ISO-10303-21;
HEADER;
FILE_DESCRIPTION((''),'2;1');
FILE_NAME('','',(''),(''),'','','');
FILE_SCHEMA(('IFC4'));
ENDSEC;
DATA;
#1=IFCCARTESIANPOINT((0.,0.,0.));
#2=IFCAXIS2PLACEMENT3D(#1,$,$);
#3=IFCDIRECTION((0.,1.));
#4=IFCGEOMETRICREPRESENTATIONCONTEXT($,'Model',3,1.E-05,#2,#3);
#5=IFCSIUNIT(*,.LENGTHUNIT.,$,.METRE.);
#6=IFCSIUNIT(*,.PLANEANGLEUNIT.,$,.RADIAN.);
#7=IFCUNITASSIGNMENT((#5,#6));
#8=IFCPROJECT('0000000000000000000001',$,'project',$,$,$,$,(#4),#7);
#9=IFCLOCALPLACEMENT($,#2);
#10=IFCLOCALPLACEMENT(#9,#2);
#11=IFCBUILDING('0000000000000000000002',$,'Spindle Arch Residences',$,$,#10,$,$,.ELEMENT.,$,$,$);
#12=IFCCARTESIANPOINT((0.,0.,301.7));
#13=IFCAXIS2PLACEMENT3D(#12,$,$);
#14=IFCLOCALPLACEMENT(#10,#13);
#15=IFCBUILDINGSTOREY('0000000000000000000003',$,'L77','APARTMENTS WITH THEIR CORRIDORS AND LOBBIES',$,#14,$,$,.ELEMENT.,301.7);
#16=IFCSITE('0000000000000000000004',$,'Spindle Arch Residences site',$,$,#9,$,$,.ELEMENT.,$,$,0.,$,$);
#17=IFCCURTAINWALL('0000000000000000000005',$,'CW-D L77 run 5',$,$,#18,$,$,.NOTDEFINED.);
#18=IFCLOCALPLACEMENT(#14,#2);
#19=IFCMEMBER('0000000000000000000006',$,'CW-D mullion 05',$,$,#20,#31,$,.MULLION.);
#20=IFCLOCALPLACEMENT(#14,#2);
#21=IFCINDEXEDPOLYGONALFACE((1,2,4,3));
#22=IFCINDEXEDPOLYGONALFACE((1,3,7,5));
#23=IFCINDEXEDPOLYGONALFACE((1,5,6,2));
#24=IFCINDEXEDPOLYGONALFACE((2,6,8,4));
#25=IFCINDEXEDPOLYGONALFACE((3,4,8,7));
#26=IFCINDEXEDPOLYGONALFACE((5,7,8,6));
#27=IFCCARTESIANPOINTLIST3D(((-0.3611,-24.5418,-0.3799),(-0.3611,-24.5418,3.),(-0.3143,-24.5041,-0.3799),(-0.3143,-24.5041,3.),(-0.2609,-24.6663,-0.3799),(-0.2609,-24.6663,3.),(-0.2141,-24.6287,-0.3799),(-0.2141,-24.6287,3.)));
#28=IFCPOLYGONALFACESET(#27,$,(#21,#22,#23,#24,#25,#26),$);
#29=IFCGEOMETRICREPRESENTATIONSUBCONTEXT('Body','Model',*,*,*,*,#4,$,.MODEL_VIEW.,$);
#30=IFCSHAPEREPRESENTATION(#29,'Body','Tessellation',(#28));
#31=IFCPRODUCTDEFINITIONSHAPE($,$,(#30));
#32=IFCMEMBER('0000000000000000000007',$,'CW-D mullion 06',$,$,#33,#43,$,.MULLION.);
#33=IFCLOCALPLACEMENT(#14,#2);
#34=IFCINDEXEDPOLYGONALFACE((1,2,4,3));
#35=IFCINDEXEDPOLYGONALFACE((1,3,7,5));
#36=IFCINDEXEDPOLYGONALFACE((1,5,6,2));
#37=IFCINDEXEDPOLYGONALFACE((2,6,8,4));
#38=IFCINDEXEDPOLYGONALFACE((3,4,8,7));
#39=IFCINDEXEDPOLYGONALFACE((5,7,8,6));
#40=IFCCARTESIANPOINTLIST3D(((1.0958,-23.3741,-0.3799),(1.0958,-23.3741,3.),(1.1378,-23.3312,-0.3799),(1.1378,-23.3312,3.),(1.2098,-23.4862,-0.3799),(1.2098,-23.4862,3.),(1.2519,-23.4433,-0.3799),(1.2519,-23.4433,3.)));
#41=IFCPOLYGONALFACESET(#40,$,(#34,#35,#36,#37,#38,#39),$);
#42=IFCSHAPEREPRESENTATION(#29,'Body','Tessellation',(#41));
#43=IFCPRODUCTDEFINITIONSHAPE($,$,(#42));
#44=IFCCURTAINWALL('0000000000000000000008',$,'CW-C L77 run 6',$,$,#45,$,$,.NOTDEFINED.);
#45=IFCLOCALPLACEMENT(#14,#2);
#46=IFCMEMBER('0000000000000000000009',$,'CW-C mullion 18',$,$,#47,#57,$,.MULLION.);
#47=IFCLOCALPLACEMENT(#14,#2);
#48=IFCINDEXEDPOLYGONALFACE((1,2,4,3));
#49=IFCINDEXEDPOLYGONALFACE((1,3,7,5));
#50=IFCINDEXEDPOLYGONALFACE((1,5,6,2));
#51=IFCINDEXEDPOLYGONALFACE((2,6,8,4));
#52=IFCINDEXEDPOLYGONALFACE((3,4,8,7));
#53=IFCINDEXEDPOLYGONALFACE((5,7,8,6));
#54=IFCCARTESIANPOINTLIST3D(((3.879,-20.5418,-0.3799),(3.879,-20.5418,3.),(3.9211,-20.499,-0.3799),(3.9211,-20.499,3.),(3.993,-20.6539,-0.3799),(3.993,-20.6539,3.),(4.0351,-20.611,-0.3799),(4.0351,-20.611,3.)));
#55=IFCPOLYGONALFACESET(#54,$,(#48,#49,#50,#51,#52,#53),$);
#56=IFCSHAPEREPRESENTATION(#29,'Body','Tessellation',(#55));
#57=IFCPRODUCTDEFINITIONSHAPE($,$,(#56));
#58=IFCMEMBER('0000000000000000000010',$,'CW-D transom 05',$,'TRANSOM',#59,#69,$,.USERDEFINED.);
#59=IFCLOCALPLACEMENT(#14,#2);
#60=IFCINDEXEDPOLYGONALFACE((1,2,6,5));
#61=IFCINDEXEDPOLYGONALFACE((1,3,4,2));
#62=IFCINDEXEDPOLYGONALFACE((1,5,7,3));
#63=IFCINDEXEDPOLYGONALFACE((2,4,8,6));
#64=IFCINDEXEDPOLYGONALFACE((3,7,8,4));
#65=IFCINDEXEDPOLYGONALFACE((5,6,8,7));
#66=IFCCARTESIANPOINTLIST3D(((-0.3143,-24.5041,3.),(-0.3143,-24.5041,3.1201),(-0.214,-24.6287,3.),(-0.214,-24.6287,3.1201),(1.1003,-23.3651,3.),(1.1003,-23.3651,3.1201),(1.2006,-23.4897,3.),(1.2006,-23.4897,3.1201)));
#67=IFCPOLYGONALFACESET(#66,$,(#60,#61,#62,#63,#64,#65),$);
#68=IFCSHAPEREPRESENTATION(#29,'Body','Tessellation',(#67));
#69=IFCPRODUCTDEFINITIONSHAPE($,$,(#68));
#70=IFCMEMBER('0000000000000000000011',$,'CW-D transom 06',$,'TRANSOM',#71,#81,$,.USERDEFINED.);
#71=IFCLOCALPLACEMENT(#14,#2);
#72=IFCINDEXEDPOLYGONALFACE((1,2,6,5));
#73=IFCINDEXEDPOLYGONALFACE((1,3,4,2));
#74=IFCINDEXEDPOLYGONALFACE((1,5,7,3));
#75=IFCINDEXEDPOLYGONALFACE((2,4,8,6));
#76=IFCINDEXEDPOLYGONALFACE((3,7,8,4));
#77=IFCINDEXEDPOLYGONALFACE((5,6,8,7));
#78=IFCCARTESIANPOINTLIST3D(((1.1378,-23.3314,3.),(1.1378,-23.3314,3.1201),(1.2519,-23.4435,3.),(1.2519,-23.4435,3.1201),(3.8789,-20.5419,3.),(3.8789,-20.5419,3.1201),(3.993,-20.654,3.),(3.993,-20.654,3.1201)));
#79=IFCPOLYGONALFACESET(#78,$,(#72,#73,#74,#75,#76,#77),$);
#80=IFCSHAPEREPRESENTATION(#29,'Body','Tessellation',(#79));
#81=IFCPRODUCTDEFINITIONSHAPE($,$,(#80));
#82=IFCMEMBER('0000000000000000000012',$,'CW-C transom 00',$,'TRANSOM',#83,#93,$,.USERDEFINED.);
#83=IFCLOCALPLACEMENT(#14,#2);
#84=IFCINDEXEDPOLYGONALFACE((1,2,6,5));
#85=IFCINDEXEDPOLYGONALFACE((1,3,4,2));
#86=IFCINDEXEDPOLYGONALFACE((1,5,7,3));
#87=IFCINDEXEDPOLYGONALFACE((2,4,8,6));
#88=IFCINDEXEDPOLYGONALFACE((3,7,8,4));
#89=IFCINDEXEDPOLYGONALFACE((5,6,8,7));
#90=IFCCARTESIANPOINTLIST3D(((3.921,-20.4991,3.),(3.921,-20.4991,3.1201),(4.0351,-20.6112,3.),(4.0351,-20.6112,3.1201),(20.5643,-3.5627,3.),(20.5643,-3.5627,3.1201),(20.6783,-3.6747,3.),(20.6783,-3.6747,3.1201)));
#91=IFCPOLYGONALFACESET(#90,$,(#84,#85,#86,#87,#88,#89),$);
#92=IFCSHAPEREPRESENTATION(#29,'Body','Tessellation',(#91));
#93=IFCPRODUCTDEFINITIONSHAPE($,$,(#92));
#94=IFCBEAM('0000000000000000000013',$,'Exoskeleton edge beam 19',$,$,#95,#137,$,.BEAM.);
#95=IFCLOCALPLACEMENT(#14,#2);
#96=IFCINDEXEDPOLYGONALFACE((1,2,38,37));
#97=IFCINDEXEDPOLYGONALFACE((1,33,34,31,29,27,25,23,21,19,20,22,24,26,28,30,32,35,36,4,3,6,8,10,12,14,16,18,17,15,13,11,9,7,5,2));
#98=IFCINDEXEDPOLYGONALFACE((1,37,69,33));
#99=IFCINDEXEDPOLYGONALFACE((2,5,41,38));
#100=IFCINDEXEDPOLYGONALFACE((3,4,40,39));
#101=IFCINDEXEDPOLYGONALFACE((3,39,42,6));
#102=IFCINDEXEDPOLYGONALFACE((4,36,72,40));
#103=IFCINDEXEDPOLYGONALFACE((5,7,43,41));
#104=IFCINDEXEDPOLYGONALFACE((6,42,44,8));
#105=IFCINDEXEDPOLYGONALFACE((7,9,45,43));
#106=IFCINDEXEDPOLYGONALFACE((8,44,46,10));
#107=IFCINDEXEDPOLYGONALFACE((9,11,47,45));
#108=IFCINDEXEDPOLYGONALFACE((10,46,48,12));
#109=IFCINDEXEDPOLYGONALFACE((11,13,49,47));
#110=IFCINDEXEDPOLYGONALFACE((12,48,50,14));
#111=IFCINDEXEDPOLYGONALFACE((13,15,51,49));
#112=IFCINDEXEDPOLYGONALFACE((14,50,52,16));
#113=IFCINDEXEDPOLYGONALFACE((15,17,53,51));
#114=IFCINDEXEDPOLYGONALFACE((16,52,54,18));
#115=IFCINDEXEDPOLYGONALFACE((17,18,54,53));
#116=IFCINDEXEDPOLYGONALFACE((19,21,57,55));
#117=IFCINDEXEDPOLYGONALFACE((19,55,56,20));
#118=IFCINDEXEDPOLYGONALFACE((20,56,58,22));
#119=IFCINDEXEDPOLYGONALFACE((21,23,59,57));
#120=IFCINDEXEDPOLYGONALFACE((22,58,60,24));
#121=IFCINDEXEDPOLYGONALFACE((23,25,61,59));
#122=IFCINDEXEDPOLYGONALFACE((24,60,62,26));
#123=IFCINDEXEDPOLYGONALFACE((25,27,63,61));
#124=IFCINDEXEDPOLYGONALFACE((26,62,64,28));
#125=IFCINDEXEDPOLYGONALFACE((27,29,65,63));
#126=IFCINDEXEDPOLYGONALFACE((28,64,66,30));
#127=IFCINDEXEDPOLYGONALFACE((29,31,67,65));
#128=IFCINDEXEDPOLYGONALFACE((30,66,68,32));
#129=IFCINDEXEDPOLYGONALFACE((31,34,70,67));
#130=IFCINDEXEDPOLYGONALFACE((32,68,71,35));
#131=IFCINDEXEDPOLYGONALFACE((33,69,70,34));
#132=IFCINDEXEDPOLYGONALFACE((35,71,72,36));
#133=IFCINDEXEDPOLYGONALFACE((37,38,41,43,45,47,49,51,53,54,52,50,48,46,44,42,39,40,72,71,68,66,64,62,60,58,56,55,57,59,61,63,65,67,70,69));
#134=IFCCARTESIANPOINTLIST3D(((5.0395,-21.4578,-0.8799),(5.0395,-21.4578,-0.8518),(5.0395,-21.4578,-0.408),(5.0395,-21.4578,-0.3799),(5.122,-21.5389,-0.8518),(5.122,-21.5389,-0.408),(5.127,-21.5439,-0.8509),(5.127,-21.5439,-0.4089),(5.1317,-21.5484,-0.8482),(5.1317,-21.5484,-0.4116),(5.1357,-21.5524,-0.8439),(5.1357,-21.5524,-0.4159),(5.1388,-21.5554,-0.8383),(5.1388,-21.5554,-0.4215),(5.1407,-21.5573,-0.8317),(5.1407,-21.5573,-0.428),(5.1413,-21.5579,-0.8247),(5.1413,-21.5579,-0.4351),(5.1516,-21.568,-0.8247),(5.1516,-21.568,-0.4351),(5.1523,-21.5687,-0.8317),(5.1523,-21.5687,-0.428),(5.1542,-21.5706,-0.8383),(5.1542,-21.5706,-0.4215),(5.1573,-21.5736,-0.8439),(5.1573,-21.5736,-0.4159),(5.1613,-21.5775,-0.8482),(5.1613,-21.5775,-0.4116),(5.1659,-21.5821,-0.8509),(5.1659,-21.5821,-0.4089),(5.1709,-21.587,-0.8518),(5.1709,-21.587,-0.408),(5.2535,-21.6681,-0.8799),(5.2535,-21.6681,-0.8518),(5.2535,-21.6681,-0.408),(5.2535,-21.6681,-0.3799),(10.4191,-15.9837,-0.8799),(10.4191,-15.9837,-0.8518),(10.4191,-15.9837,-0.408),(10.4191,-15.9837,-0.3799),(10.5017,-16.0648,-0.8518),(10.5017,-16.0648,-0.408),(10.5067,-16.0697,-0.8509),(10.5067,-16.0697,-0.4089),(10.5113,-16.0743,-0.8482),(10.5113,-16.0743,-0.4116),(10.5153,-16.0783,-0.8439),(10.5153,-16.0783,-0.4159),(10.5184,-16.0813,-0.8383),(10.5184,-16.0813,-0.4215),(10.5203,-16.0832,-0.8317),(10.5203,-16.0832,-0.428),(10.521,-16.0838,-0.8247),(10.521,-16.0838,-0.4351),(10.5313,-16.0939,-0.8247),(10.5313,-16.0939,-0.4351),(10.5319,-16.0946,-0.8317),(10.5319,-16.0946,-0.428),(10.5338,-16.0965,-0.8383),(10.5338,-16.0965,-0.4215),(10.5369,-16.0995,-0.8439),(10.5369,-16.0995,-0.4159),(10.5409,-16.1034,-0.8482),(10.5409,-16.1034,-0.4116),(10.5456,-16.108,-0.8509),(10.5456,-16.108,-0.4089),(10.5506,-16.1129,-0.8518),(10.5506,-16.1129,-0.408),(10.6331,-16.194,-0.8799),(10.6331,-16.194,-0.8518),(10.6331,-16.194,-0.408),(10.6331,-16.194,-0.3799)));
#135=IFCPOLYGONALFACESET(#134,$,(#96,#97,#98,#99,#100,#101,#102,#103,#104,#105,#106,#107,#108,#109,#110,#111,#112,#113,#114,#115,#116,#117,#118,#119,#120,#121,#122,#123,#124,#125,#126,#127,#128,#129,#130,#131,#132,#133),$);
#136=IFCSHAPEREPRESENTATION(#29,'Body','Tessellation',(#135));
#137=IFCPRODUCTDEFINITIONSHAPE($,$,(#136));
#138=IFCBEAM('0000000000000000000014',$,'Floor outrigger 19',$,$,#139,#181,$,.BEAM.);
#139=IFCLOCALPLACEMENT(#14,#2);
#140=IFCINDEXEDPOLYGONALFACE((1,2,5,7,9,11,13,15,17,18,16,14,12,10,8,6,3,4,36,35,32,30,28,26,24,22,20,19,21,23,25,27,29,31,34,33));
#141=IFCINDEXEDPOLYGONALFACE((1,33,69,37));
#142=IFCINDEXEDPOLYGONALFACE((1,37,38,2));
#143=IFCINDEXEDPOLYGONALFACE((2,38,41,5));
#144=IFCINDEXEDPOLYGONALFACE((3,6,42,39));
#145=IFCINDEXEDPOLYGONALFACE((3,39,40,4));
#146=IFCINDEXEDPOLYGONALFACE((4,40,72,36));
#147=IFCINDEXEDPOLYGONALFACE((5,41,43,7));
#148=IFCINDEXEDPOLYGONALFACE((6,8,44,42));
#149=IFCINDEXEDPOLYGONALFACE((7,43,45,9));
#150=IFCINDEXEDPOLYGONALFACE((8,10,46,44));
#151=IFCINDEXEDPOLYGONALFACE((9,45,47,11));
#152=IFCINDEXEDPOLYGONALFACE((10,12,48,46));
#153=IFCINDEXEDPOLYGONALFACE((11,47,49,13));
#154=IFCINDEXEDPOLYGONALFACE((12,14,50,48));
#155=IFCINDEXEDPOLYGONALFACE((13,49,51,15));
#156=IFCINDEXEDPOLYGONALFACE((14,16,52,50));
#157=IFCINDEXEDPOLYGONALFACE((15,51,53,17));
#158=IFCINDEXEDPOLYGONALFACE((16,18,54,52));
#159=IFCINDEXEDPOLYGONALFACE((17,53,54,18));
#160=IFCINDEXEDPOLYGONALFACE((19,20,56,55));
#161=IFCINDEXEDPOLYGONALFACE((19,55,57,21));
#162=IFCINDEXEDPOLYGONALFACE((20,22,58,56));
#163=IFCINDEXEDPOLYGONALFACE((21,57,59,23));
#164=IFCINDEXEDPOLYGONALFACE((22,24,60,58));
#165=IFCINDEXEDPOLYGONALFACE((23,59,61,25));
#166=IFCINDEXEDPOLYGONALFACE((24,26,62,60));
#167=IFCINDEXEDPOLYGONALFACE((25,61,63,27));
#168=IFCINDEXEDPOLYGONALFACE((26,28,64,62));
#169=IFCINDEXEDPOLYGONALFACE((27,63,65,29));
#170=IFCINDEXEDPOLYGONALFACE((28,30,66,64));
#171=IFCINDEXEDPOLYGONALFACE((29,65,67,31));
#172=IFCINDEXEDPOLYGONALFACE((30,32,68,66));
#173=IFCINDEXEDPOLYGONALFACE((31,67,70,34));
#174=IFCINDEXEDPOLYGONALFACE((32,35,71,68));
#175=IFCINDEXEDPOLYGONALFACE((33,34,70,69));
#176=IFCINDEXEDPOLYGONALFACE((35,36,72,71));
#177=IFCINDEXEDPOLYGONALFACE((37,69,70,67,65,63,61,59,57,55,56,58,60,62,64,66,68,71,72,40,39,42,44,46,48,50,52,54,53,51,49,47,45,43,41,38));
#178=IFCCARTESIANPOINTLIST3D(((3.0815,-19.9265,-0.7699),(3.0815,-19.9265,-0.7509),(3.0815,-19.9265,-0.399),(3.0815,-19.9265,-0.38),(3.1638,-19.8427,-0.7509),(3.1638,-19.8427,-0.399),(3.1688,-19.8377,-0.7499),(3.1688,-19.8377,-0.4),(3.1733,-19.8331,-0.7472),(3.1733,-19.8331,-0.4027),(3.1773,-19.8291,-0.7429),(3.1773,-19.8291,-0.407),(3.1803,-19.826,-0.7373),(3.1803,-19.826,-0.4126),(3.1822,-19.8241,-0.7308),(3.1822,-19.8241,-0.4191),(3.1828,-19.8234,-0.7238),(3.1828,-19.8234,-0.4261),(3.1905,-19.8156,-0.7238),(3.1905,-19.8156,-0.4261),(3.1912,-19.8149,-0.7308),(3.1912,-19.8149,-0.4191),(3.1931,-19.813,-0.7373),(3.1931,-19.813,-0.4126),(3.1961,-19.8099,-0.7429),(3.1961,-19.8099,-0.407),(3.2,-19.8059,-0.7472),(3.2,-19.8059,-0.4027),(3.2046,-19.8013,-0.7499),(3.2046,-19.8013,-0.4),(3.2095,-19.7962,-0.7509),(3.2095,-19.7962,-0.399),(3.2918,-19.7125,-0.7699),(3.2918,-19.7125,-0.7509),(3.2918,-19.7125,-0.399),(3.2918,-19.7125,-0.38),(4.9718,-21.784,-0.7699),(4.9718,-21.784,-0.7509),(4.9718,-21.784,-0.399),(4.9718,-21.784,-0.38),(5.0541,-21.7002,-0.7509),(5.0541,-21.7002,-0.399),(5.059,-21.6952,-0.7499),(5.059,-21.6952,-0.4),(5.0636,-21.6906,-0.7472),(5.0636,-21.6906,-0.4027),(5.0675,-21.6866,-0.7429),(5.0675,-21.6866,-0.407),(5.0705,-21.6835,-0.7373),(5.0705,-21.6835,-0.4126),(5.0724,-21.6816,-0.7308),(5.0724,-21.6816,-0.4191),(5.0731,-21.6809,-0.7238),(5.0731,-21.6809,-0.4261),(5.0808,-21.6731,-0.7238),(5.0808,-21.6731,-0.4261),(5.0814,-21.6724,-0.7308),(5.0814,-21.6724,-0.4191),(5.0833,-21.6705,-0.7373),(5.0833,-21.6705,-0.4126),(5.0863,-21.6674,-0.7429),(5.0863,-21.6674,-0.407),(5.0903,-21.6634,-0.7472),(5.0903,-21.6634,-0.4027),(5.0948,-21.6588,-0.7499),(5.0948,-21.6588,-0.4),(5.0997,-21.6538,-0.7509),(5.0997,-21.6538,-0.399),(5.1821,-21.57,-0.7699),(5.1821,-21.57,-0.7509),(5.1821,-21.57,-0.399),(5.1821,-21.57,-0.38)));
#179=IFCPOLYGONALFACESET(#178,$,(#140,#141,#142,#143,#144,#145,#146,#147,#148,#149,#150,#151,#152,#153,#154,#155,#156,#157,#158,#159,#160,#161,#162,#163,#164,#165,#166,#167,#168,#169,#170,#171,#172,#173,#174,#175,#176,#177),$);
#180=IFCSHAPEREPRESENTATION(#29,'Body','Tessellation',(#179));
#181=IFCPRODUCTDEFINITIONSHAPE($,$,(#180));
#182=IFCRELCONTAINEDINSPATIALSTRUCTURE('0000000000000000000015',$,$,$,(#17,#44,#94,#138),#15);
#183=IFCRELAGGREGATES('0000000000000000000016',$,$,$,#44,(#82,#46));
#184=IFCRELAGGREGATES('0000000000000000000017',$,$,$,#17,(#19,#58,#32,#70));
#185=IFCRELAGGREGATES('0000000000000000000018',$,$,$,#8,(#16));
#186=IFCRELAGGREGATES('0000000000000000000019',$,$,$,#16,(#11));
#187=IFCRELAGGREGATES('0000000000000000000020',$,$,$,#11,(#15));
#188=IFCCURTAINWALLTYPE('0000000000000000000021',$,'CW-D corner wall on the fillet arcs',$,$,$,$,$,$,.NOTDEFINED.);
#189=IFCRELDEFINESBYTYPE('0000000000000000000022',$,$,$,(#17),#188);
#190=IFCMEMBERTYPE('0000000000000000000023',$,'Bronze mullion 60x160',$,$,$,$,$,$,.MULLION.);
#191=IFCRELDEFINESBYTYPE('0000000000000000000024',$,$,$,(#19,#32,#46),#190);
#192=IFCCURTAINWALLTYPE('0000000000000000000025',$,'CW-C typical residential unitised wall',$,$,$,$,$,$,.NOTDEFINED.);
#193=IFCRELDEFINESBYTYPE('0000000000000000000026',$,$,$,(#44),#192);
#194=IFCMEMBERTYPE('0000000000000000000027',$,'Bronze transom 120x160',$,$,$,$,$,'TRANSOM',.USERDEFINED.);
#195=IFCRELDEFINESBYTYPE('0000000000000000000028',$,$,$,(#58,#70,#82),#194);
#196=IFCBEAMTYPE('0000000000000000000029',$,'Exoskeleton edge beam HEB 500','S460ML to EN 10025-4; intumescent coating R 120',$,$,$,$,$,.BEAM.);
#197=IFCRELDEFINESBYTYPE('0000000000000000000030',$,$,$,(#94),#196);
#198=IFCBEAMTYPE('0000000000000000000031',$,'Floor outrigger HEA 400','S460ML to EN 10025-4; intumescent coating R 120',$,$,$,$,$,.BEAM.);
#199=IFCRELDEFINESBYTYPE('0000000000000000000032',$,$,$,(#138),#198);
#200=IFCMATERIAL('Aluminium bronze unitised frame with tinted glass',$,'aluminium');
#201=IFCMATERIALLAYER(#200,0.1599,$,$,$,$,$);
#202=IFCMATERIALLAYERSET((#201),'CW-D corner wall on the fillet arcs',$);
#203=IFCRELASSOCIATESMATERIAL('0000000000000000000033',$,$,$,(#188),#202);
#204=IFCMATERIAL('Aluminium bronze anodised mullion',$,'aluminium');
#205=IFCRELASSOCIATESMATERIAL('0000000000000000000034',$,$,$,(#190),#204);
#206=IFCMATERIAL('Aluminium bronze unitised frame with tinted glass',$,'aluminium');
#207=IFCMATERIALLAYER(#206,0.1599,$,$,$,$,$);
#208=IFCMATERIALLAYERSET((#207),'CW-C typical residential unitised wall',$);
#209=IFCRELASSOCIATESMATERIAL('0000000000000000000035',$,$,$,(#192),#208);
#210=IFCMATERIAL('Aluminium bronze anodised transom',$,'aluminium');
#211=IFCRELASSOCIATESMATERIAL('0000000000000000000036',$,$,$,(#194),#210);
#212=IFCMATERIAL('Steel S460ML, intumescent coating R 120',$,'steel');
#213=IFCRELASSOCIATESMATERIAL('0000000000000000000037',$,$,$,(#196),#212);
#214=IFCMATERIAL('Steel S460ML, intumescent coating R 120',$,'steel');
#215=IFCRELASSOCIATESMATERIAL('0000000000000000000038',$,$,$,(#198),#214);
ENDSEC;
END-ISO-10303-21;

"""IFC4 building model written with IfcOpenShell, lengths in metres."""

from ifc_helpers import new_model, si_unit, direction, frame, origin, origin_2d, place, context, subcontext, project, spatial, rectangle, i_section, extrude, material, layer, layer_set, material_profile, profile_set, type_object, element, aggregate, save


model = new_model("IFC4")

# Units and contexts
model_context = context("Model", 3, precision=1e-05, world=origin(), true_north=direction((0.0, 1.0)))
body_context = subcontext(model_context, "Body", "Model", "MODEL_VIEW")
ifc_project = project(units=[si_unit("LENGTHUNIT", "METRE"), si_unit("PLANEANGLEUNIT", "RADIAN")], contexts=[model_context])

# Site, building, storey
site_placement = place(None, origin())
site = spatial("IfcSite", under=ifc_project, at=site_placement, Name="Spindle Arch Residences site", CompositionType="ELEMENT", RefElevation=0.0)
building_placement = place(site_placement, origin())
building = spatial("IfcBuilding", under=site, at=building_placement, Name="Spindle Arch Residences", CompositionType="ELEMENT")
storey_placement = place(building_placement, frame((0.0, 0.0, 301.7)))
storey = spatial("IfcBuildingStorey", under=building, at=storey_placement, Name="L77", Description="APARTMENTS WITH THEIR CORRIDORS AND LOBBIES", CompositionType="ELEMENT", Elevation=301.7)

# Curtain wall, members
ifc_material_1 = material(Name="Aluminium bronze unitised frame with tinted glass", Category="aluminium")
ifc_layer_1 = layer(ifc_material_1, 0.1599)
ifc_layer_set_1 = layer_set([ifc_layer_1], Name="CW-D corner wall on the fillet arcs")
curtain_wall_type_1 = type_object("IfcCurtainWallType", Name="CW-D corner wall on the fillet arcs", PredefinedType="NOTDEFINED", material=ifc_layer_set_1)
curtain_wall_1_placement = place(storey_placement, origin())
curtain_wall_1 = element("IfcCurtainWall", 1, at=curtain_wall_1_placement, inside=storey, type_object=curtain_wall_type_1, Name="CW-D L77 run 5", PredefinedType="NOTDEFINED")
ifc_material_2 = material(Name="Aluminium bronze anodised mullion", Category="aluminium")
ifc_material_profile_1 = material_profile(ifc_material_2, rectangle(XDim=0.1599, YDim=0.0601, at=origin_2d()), Name="MU 60x160")
ifc_profile_set_1 = profile_set([ifc_material_profile_1], Name="Aluminium bronze anodised mullion")
member_type_1 = type_object("IfcMemberType", Name="Bronze mullion 60x160", PredefinedType="MULLION", material=ifc_profile_set_1)
member_1_placement = place(storey_placement, frame((-0.2876, -24.5852, -0.3799), z_axis=(0.0, 0.0, 1.0), x_axis=(-0.627057, 0.778973, 0.0)))
member_1 = element("IfcMember", 2, at=member_1_placement, type_object=member_type_1, Name="CW-D mullion 05", PredefinedType="MULLION", context=body_context, shape_type="SweptSolid", body=[
    extrude(rectangle(XDim=0.1599, YDim=0.0601, at=origin_2d()), origin(), (0.0, 0.0, 1.0), 3.3799),
])
member_2_placement = place(storey_placement, frame((1.1738, -23.4087, -0.3799), z_axis=(0.0, 0.0, 1.0), x_axis=(-0.71325, 0.700909, 0.0)))
member_2 = element("IfcMember", 3, at=member_2_placement, type_object=member_type_1, Name="CW-D mullion 06", PredefinedType="MULLION", context=body_context, shape_type="SweptSolid", body=[
    extrude(rectangle(XDim=0.1599, YDim=0.0601, at=origin_2d()), origin(), (0.0, 0.0, 1.0), 3.3799),
])

# Curtain wall, member
ifc_material_3 = material(Name="Aluminium bronze unitised frame with tinted glass", Category="aluminium")
ifc_layer_2 = layer(ifc_material_3, 0.1599)
ifc_layer_set_2 = layer_set([ifc_layer_2], Name="CW-C typical residential unitised wall")
curtain_wall_type_2 = type_object("IfcCurtainWallType", Name="CW-C typical residential unitised wall", PredefinedType="NOTDEFINED", material=ifc_layer_set_2)
curtain_wall_2_placement = place(storey_placement, origin())
curtain_wall_2 = element("IfcCurtainWall", 4, at=curtain_wall_2_placement, inside=storey, type_object=curtain_wall_type_2, Name="CW-C L77 run 6", PredefinedType="NOTDEFINED")
member_3_placement = place(storey_placement, frame((3.957, -20.5764, -0.3799), z_axis=(0.0, 0.0, 1.0), x_axis=(-0.71325, 0.700909, 0.0)))
member_3 = element("IfcMember", 5, at=member_3_placement, type_object=member_type_1, Name="CW-C mullion 18", PredefinedType="MULLION", context=body_context, shape_type="SweptSolid", body=[
    extrude(rectangle(XDim=0.1599, YDim=0.0601, at=origin_2d()), origin(), (0.0, 0.0, 1.0), 3.3799),
])

# Members
ifc_material_4 = material(Name="Aluminium bronze anodised transom", Category="aluminium")
ifc_material_profile_2 = material_profile(ifc_material_4, rectangle(XDim=0.1599, YDim=0.1201, at=origin_2d()), Name="TR 120x160")
ifc_profile_set_2 = profile_set([ifc_material_profile_2], Name="Aluminium bronze anodised transom")
member_type_2 = type_object("IfcMemberType", Name="Bronze transom 120x160", ElementType="TRANSOM", PredefinedType="USERDEFINED", material=ifc_profile_set_2)
member_4_placement = place(storey_placement, frame((-0.2642, -24.5664, 3.0601), z_axis=(0.778911, 0.627135, 0.0), x_axis=(-0.627135, 0.778911, 0.0)))
member_4 = element("IfcMember", 6, at=member_4_placement, type_object=member_type_2, Name="CW-D transom 05", ObjectType="TRANSOM", PredefinedType="USERDEFINED", context=body_context, shape_type="SweptSolid", body=[
    extrude(rectangle(XDim=0.1599, YDim=0.1201, at=origin_2d()), origin(), (0.0, 0.0, 1.0), 1.8162),
])
member_5_placement = place(storey_placement, frame((1.1948, -23.3875, 3.0601), z_axis=(0.7009, 0.71326, 0.0), x_axis=(-0.71326, 0.7009, 0.0)))
member_5 = element("IfcMember", 7, at=member_5_placement, type_object=member_type_2, Name="CW-D transom 06", ObjectType="TRANSOM", PredefinedType="USERDEFINED", context=body_context, shape_type="SweptSolid", body=[
    extrude(rectangle(XDim=0.1599, YDim=0.1201, at=origin_2d()), origin(), (0.0, 0.0, 1.0), 3.9109),
])
member_6_placement = place(storey_placement, frame((3.978, -20.5552, 3.0601), z_axis=(0.700906, 0.713254, 0.0), x_axis=(-0.713254, 0.700906, 0.0)))
member_6 = element("IfcMember", 8, at=member_6_placement, type_object=member_type_2, Name="CW-C transom 00", ObjectType="TRANSOM", PredefinedType="USERDEFINED", context=body_context, shape_type="SweptSolid", body=[
    extrude(rectangle(XDim=0.1599, YDim=0.1201, at=origin_2d()), origin(), (0.0, 0.0, 1.0), 23.7454),
])
aggregate(curtain_wall_2, [member_6, member_3])

# Beams
ifc_material_5 = material(Name="Steel S460ML, intumescent coating R 120", Category="steel")
ifc_material_profile_3 = material_profile(ifc_material_5, i_section(OverallWidth=0.3, OverallDepth=0.5, WebThickness=0.0144, FlangeThickness=0.0281, FilletRadius=0.0271, at=origin_2d()), Name="HEB 500")
ifc_profile_set_3 = profile_set([ifc_material_profile_3], Name="Steel S460ML, intumescent coating R 120")
beam_type_1 = type_object("IfcBeamType", Name="Exoskeleton edge beam HEB 500", Description="S460ML to EN 10025-4; intumescent coating R 120", PredefinedType="BEAM", material=ifc_profile_set_3)
beam_1_placement = place(storey_placement, frame((5.1465, -21.563, -0.6299), z_axis=(0.700925, 0.713235, 0.0), x_axis=(-0.713235, 0.700925, 0.0)))
element("IfcBeam", 9, at=beam_1_placement, inside=storey, type_object=beam_type_1, Name="Exoskeleton edge beam 19", PredefinedType="BEAM", context=body_context, shape_type="SweptSolid", body=[
    extrude(i_section(OverallWidth=0.3, OverallDepth=0.5, WebThickness=0.0144, FlangeThickness=0.0281, FilletRadius=0.0271, at=origin_2d()), origin(), (0.0, 0.0, 1.0), 7.675),
])
ifc_material_6 = material(Name="Steel S460ML, intumescent coating R 120", Category="steel")
ifc_material_profile_4 = material_profile(ifc_material_6, i_section(OverallWidth=0.3, OverallDepth=0.3899, WebThickness=0.011, FlangeThickness=0.019, FilletRadius=0.0271, at=origin_2d()), Name="HEA 400")
ifc_profile_set_4 = profile_set([ifc_material_profile_4], Name="Steel S460ML, intumescent coating R 120")
beam_type_2 = type_object("IfcBeamType", Name="Floor outrigger HEA 400", Description="S460ML to EN 10025-4; intumescent coating R 120", PredefinedType="BEAM", material=ifc_profile_set_4)
beam_2_placement = place(storey_placement, frame((5.0769, -21.677, -0.575), z_axis=(-0.713252, 0.700907, 0.0), x_axis=(-0.700907, -0.713252, 0.0)))
element("IfcBeam", 10, at=beam_2_placement, inside=storey, type_object=beam_type_2, Name="Floor outrigger 19", PredefinedType="BEAM", context=body_context, shape_type="SweptSolid", body=[
    extrude(i_section(OverallWidth=0.3, OverallDepth=0.3899, WebThickness=0.011, FlangeThickness=0.019, FilletRadius=0.0271, at=origin_2d()), origin(), (0.0, 0.0, 1.0), 2.6501),
])

aggregate(curtain_wall_1, [member_1, member_4, member_2, member_5])

save(model, "model.ifc")
